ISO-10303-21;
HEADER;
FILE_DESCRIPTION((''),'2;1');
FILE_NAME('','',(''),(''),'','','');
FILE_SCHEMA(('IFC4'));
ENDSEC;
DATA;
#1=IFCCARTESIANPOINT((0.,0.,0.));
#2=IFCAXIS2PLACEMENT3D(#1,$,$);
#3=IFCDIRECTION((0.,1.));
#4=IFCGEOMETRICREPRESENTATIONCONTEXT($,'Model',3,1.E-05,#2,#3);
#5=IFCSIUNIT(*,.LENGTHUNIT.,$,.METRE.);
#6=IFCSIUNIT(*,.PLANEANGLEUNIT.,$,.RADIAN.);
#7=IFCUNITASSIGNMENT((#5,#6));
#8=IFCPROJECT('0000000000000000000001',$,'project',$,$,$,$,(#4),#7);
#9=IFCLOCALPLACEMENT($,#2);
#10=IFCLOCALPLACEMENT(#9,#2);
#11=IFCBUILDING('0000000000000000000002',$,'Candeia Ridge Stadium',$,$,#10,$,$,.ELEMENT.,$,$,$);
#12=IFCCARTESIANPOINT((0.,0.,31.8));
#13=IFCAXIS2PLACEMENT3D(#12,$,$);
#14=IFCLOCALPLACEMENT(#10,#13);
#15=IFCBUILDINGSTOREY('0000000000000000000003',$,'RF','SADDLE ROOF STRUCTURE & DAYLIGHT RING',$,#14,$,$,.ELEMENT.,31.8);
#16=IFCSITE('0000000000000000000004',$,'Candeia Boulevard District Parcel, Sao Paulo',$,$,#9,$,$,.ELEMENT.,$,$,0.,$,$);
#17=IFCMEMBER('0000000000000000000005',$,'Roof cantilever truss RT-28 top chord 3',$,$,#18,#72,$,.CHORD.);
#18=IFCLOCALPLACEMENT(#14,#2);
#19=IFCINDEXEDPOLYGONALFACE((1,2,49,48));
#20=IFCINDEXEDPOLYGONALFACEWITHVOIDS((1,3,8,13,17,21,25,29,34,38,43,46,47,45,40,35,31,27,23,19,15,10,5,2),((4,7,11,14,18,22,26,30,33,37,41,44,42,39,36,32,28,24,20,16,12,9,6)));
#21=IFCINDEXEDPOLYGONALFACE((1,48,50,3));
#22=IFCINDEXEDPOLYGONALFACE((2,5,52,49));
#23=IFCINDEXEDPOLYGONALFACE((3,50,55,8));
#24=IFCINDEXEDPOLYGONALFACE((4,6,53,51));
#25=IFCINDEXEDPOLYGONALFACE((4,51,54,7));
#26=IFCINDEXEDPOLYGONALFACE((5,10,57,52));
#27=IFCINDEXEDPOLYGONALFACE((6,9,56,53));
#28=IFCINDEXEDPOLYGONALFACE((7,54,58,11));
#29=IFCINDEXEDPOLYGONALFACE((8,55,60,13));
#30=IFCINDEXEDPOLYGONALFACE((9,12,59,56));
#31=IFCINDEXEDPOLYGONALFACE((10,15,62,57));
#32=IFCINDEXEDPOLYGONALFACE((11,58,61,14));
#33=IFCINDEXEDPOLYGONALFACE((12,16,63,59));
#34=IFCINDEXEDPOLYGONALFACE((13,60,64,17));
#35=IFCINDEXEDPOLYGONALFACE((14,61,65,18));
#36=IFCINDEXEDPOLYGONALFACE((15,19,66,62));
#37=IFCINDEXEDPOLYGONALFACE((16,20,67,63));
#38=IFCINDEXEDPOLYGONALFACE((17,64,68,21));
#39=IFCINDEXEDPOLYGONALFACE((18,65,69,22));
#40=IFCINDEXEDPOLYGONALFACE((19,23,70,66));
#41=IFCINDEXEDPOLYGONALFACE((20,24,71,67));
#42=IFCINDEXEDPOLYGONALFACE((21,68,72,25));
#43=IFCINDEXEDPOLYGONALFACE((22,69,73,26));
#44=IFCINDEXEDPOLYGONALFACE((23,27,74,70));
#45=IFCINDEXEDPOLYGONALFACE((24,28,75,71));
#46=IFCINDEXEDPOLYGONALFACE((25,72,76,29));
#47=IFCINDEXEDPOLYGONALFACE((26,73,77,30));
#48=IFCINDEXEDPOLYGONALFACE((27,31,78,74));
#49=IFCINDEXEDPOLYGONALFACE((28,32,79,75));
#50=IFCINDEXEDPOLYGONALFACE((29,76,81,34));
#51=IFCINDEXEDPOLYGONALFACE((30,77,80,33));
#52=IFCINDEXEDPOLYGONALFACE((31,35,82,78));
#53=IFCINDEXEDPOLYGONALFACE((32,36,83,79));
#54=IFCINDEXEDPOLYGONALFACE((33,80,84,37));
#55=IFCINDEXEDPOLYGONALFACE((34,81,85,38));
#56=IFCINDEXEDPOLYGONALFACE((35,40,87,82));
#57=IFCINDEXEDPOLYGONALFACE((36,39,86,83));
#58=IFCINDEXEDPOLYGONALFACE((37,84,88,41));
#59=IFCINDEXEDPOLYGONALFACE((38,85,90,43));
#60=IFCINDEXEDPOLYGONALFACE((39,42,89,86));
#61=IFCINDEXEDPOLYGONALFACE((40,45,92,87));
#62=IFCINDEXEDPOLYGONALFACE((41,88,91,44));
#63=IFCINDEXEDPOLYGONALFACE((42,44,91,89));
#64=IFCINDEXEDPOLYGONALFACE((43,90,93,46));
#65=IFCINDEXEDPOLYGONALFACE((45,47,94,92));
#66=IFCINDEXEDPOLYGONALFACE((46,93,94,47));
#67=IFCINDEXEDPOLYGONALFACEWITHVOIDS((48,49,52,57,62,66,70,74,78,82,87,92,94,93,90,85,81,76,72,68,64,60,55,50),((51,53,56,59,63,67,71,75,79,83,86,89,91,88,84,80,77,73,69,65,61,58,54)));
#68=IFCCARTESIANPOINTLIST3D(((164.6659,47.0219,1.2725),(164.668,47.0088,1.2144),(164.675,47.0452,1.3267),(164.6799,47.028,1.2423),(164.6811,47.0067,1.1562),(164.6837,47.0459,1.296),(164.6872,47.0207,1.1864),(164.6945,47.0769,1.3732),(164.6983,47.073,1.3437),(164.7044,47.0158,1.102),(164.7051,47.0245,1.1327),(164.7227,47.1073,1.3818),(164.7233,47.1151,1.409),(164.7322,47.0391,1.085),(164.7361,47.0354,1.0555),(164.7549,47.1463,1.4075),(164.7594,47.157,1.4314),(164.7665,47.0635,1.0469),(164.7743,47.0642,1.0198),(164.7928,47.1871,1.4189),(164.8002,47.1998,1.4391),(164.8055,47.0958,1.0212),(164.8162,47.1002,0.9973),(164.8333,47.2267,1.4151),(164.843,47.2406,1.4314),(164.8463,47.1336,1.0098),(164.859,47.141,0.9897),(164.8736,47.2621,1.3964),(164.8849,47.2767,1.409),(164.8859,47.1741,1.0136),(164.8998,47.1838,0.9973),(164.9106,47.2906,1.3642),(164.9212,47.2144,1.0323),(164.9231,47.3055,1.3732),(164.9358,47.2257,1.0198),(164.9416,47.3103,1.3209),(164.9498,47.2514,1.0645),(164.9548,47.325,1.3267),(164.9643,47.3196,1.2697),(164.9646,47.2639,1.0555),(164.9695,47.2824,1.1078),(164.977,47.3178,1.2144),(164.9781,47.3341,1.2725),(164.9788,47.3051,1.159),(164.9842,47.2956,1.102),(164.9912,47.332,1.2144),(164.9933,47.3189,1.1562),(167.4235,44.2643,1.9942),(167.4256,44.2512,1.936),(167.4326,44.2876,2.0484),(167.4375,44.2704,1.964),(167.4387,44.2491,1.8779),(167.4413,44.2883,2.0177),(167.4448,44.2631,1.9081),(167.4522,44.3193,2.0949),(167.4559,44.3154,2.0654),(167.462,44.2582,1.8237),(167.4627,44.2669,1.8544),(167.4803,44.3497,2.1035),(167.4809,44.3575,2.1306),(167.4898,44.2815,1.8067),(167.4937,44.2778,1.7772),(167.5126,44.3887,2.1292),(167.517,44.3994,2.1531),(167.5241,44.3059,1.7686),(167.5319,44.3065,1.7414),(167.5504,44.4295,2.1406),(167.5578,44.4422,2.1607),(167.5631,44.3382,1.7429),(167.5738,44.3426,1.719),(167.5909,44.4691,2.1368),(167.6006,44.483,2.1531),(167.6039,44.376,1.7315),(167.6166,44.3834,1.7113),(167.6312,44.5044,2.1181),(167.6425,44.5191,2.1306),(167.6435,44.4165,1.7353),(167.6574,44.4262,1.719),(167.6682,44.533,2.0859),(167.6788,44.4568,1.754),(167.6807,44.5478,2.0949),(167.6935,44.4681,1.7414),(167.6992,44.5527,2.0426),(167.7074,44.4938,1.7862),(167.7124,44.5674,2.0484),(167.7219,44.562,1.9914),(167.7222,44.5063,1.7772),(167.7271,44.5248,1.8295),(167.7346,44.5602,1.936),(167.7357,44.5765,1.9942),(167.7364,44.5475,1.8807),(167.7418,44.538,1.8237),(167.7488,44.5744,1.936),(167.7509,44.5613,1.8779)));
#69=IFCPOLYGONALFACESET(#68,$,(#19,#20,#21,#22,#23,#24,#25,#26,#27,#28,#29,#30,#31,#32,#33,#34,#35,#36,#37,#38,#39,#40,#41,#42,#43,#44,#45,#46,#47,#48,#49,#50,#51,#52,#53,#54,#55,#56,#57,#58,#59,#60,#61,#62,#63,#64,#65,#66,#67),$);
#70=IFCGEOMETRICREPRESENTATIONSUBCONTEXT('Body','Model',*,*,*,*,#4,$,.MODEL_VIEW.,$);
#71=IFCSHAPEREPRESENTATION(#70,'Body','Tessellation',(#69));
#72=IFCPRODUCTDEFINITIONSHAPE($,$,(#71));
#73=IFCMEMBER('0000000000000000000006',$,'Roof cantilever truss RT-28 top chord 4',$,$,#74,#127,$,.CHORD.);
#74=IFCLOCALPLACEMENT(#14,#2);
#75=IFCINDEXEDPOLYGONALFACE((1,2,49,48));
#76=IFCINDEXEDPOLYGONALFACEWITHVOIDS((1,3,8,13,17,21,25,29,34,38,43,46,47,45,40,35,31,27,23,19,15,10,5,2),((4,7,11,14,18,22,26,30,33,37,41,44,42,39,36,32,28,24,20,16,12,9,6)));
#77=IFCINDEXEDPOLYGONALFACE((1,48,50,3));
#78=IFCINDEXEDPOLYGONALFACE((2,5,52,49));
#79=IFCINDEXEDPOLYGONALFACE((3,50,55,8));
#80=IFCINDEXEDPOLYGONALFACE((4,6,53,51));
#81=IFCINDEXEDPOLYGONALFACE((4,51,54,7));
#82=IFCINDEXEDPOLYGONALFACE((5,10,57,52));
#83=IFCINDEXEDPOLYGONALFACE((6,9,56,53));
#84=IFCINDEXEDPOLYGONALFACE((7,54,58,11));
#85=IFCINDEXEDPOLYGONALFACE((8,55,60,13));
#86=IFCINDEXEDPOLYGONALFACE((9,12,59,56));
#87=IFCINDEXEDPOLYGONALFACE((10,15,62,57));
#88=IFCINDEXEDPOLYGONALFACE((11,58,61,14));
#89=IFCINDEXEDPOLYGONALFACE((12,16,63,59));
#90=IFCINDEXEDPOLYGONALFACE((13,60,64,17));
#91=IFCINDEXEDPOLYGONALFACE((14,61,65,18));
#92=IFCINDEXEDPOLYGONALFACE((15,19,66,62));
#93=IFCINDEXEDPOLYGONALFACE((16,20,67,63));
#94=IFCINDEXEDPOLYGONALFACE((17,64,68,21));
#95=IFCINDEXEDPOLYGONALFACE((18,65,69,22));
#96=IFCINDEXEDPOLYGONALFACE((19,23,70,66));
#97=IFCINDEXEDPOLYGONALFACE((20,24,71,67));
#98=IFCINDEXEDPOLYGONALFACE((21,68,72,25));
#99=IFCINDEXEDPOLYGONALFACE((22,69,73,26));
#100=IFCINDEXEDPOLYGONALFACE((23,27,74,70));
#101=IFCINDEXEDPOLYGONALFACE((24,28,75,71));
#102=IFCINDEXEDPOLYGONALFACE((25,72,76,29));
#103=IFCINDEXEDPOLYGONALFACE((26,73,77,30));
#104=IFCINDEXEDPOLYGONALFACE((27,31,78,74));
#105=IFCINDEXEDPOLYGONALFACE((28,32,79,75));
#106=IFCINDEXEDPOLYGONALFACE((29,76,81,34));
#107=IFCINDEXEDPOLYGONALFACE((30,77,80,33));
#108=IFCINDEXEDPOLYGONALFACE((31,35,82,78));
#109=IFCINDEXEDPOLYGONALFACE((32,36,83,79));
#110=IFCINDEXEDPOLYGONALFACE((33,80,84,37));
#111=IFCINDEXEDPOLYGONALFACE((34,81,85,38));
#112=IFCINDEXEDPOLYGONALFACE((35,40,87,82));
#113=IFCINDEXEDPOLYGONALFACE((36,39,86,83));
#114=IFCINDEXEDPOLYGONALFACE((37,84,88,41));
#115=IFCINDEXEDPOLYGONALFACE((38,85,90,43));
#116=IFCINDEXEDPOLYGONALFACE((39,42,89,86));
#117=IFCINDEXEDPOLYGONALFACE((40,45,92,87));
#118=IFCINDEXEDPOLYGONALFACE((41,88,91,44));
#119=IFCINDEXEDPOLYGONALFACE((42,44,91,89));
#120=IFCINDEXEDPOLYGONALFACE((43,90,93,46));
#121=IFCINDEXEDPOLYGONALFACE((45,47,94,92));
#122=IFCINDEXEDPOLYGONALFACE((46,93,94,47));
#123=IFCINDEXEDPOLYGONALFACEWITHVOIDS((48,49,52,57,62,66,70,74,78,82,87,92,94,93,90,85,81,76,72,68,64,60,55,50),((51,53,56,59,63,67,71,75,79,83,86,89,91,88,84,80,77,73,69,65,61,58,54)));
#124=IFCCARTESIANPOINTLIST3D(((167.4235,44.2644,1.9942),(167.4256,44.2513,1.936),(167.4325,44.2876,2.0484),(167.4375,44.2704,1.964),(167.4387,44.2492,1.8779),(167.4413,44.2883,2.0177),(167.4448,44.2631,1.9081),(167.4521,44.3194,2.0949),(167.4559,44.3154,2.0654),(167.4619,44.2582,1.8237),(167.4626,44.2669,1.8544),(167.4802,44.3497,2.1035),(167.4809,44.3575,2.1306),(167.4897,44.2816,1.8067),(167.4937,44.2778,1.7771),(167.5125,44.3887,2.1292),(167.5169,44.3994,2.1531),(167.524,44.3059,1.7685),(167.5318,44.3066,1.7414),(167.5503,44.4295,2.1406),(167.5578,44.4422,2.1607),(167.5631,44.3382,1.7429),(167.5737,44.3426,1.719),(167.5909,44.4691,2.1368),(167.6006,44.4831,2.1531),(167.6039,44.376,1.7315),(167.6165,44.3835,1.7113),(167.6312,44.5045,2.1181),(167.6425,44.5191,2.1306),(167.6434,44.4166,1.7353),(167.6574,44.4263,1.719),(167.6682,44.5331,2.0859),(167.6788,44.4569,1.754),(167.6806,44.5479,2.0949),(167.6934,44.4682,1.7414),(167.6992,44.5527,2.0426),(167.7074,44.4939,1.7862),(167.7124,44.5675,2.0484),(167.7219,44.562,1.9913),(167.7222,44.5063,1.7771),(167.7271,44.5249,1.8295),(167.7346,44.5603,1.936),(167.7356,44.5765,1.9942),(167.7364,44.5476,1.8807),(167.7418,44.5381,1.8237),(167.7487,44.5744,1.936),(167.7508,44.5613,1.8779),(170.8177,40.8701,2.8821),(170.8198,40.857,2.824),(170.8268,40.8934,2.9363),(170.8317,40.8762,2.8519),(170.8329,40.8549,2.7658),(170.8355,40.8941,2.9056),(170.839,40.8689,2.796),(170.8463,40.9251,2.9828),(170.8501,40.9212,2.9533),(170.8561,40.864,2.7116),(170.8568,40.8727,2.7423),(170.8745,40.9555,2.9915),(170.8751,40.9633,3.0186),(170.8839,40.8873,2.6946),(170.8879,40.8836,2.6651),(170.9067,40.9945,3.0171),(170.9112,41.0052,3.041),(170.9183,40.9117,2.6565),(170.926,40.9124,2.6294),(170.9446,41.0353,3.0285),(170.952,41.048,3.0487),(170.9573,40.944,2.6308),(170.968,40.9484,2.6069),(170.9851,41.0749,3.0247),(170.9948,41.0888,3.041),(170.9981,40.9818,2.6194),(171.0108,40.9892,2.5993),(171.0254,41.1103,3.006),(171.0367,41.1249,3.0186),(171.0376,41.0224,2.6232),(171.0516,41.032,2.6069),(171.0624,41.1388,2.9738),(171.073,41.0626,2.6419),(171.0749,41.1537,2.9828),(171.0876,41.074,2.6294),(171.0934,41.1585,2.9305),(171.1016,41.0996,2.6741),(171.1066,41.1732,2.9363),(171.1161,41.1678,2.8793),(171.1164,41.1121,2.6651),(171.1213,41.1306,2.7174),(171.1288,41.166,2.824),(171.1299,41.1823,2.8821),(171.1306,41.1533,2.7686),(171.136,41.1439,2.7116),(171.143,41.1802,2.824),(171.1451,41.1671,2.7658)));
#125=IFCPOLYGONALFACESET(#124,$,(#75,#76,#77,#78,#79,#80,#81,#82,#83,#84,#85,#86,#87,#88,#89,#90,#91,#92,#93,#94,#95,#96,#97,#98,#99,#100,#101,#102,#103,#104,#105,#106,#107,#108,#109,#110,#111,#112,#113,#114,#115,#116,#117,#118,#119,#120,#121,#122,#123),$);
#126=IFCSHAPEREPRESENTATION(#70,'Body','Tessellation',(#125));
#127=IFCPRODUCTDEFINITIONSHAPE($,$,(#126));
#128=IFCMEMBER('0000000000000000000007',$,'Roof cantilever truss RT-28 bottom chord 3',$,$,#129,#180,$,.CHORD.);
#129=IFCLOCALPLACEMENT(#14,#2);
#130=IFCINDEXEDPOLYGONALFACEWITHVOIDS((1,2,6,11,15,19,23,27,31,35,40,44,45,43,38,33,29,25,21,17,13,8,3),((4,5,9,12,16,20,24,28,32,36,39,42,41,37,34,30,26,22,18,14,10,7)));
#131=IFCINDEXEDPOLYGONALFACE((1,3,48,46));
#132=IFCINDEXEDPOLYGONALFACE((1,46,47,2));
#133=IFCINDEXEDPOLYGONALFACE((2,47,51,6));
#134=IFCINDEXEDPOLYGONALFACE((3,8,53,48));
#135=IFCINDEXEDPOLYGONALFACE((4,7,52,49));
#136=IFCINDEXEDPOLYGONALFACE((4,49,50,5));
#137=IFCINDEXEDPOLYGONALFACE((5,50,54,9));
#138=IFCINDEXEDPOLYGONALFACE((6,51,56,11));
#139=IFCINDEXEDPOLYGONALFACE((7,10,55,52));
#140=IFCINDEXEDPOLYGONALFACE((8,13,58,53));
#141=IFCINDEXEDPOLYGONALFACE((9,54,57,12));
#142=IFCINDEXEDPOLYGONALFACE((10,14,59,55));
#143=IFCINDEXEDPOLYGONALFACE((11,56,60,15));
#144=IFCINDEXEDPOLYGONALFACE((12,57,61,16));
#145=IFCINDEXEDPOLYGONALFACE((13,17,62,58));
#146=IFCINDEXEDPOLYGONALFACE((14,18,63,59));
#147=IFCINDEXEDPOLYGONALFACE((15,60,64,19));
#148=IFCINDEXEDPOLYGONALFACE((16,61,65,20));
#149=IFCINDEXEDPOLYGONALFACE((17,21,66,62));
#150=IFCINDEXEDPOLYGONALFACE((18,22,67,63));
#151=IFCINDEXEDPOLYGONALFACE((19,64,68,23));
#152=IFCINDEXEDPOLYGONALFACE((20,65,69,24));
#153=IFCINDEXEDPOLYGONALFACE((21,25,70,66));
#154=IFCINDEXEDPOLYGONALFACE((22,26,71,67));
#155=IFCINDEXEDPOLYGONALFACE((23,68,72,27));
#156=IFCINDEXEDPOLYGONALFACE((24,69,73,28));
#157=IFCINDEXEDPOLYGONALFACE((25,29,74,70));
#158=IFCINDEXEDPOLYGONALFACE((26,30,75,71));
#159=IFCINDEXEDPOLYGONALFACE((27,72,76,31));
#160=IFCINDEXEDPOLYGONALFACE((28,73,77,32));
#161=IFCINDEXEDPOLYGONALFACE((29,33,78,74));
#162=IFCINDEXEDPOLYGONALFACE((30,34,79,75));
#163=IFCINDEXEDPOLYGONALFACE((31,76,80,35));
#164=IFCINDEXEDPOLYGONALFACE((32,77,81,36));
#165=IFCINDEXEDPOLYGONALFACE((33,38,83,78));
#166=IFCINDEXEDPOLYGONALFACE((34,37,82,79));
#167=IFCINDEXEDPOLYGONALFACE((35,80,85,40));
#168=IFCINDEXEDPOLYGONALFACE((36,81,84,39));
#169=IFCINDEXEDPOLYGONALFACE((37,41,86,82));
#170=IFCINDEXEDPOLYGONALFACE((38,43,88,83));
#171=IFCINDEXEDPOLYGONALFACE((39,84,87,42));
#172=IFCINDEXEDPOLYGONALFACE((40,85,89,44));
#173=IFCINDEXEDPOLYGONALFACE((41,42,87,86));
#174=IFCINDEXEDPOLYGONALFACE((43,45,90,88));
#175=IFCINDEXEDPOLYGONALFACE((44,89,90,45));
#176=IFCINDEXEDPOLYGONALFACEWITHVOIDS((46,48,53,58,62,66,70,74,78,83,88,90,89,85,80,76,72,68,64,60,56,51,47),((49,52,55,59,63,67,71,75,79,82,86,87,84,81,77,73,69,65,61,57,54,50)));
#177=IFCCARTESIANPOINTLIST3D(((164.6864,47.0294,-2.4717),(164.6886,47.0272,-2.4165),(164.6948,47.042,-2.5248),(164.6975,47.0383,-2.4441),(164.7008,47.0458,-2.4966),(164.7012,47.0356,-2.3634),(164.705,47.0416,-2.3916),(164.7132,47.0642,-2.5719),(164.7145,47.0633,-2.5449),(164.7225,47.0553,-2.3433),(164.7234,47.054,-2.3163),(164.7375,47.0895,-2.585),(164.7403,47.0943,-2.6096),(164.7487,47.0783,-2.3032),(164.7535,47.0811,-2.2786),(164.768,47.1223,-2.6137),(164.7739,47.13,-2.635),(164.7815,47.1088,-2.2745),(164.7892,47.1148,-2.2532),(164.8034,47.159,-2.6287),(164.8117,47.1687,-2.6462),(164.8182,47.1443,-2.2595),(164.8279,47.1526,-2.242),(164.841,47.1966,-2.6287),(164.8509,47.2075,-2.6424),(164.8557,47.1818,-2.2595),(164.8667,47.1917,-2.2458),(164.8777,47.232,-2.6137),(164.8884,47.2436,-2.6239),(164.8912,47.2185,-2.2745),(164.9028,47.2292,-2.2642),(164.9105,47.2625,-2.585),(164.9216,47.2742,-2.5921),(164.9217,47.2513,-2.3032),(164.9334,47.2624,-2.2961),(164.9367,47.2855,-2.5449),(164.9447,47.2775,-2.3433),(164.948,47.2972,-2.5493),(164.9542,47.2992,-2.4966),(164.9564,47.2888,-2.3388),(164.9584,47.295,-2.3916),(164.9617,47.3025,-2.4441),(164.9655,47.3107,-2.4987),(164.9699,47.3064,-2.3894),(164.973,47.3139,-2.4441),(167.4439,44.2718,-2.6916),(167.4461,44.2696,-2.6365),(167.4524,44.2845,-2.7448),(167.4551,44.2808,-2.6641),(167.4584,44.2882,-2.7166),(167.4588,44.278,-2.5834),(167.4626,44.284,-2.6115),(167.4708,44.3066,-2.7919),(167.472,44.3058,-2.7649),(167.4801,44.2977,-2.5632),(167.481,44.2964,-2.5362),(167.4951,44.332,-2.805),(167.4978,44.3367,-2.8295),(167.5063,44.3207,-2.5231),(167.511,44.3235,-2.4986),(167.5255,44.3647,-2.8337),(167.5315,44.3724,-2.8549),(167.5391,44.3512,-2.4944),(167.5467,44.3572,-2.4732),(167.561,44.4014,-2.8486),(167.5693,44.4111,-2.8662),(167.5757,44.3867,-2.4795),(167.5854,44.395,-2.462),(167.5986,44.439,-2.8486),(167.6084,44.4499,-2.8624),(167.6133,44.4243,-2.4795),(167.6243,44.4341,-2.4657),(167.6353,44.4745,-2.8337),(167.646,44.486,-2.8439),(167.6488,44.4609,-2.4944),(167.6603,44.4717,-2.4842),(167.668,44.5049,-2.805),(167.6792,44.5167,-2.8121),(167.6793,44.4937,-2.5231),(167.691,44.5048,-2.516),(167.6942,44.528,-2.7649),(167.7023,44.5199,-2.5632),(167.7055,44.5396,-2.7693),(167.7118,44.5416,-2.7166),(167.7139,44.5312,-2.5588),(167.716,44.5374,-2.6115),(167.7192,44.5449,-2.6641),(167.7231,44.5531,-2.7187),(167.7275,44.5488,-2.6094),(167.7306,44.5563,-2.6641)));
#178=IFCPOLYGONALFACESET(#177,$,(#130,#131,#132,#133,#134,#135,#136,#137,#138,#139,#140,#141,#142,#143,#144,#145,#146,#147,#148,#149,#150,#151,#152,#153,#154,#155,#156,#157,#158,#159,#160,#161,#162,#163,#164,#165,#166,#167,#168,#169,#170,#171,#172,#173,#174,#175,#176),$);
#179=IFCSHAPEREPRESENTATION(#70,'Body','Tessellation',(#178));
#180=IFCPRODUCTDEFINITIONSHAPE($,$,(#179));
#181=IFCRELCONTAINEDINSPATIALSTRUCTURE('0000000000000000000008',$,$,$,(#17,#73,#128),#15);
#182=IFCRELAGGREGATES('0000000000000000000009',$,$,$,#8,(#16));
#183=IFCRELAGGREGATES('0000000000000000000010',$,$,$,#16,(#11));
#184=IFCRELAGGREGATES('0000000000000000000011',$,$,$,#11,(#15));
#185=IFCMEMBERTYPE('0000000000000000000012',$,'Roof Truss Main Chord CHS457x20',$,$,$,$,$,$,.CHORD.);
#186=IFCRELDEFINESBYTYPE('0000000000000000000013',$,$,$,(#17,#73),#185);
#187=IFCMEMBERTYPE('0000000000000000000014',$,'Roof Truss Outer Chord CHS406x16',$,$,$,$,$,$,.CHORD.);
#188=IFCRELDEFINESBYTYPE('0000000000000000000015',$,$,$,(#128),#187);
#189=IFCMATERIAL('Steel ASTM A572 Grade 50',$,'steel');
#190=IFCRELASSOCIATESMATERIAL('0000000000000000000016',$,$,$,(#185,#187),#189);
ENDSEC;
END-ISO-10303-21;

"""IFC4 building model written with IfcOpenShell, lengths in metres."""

from ifc_helpers import new_model, si_unit, direction, frame, origin, origin_2d, place, context, subcontext, project, spatial, hollow_circle, extrude, material, material_profile, profile_set, type_object, element, save


model = new_model("IFC4")

# Units and contexts
model_context = context("Model", 3, precision=1e-05, world=origin(), true_north=direction((0.0, 1.0)))
body_context = subcontext(model_context, "Body", "Model", "MODEL_VIEW")
ifc_project = project(units=[si_unit("LENGTHUNIT", "METRE"), si_unit("PLANEANGLEUNIT", "RADIAN")], contexts=[model_context])

# Site, building, storey
site_placement = place(None, origin())
site = spatial("IfcSite", under=ifc_project, at=site_placement, Name="Candeia Boulevard District Parcel, Sao Paulo", CompositionType="ELEMENT", RefElevation=0.0)
building_placement = place(site_placement, origin())
building = spatial("IfcBuilding", under=site, at=building_placement, Name="Candeia Ridge Stadium", CompositionType="ELEMENT")
storey_placement = place(building_placement, frame((0.0, 0.0, 31.8)))
storey = spatial("IfcBuildingStorey", under=building, at=storey_placement, Name="RF", Description="SADDLE ROOF STRUCTURE & DAYLIGHT RING", CompositionType="ELEMENT", Elevation=31.8)

# Shared definitions
ifc_material_1 = material(Name="Steel ASTM A572 Grade 50", Category="steel")

# Members
ifc_material_profile_1 = material_profile(ifc_material_1, hollow_circle(Radius=0.2285, WallThickness=0.02, at=origin_2d()), Name="CHS457x20", Category="steel")
ifc_profile_set_1 = profile_set([ifc_material_profile_1], Name="Steel ASTM A572 Grade 50")
member_type_1 = type_object("IfcMemberType", Name="Roof Truss Main Chord CHS457x20", PredefinedType="CHORD", material=ifc_profile_set_1)
member_1_placement = place(storey_placement, frame((164.8296, 47.1704, 1.2144), z_axis=(0.695301, -0.695301, 0.181966), x_axis=(0.707107, 0.707107, 0.0)))
element("IfcMember", 1, at=member_1_placement, inside=storey, type_object=member_type_1, Name="Roof cantilever truss RT-28 top chord 3", PredefinedType="CHORD", context=body_context, shape_type="SweptSolid", body=[
    extrude(hollow_circle(Radius=0.2285, WallThickness=0.02, at=origin_2d()), origin(), (0.0, 0.0, 1.0), 3.9661),
])
member_2_placement = place(storey_placement, frame((167.5872, 44.4128, 1.936), z_axis=(0.695311, -0.695311, 0.181892), x_axis=(0.707107, 0.707107, 0.0)))
element("IfcMember", 2, at=member_2_placement, inside=storey, type_object=member_type_1, Name="Roof cantilever truss RT-28 top chord 4", PredefinedType="CHORD", context=body_context, shape_type="SweptSolid", body=[
    extrude(hollow_circle(Radius=0.2285, WallThickness=0.02, at=origin_2d()), origin(), (0.0, 0.0, 1.0), 4.8816),
])
ifc_material_profile_2 = material_profile(ifc_material_1, hollow_circle(Radius=0.2029, WallThickness=0.0161, at=origin_2d()), Name="CHS406x16", Category="steel")
ifc_profile_set_2 = profile_set([ifc_material_profile_2], Name="Steel ASTM A572 Grade 50")
member_type_2 = type_object("IfcMemberType", Name="Roof Truss Outer Chord CHS406x16", PredefinedType="CHORD", material=ifc_profile_set_2)
member_3_placement = place(storey_placement, frame((164.8296, 47.1704, -2.4441), z_axis=(0.705985, -0.705985, -0.056316), x_axis=(0.707107, 0.707107, 0.0)))
element("IfcMember", 3, at=member_3_placement, inside=storey, type_object=member_type_2, Name="Roof cantilever truss RT-28 bottom chord 3", PredefinedType="CHORD", context=body_context, shape_type="SweptSolid", body=[
    extrude(hollow_circle(Radius=0.2029, WallThickness=0.0161, at=origin_2d()), origin(), (0.0, 0.0, 1.0), 3.906),
])

save(model, "model.ifc")
